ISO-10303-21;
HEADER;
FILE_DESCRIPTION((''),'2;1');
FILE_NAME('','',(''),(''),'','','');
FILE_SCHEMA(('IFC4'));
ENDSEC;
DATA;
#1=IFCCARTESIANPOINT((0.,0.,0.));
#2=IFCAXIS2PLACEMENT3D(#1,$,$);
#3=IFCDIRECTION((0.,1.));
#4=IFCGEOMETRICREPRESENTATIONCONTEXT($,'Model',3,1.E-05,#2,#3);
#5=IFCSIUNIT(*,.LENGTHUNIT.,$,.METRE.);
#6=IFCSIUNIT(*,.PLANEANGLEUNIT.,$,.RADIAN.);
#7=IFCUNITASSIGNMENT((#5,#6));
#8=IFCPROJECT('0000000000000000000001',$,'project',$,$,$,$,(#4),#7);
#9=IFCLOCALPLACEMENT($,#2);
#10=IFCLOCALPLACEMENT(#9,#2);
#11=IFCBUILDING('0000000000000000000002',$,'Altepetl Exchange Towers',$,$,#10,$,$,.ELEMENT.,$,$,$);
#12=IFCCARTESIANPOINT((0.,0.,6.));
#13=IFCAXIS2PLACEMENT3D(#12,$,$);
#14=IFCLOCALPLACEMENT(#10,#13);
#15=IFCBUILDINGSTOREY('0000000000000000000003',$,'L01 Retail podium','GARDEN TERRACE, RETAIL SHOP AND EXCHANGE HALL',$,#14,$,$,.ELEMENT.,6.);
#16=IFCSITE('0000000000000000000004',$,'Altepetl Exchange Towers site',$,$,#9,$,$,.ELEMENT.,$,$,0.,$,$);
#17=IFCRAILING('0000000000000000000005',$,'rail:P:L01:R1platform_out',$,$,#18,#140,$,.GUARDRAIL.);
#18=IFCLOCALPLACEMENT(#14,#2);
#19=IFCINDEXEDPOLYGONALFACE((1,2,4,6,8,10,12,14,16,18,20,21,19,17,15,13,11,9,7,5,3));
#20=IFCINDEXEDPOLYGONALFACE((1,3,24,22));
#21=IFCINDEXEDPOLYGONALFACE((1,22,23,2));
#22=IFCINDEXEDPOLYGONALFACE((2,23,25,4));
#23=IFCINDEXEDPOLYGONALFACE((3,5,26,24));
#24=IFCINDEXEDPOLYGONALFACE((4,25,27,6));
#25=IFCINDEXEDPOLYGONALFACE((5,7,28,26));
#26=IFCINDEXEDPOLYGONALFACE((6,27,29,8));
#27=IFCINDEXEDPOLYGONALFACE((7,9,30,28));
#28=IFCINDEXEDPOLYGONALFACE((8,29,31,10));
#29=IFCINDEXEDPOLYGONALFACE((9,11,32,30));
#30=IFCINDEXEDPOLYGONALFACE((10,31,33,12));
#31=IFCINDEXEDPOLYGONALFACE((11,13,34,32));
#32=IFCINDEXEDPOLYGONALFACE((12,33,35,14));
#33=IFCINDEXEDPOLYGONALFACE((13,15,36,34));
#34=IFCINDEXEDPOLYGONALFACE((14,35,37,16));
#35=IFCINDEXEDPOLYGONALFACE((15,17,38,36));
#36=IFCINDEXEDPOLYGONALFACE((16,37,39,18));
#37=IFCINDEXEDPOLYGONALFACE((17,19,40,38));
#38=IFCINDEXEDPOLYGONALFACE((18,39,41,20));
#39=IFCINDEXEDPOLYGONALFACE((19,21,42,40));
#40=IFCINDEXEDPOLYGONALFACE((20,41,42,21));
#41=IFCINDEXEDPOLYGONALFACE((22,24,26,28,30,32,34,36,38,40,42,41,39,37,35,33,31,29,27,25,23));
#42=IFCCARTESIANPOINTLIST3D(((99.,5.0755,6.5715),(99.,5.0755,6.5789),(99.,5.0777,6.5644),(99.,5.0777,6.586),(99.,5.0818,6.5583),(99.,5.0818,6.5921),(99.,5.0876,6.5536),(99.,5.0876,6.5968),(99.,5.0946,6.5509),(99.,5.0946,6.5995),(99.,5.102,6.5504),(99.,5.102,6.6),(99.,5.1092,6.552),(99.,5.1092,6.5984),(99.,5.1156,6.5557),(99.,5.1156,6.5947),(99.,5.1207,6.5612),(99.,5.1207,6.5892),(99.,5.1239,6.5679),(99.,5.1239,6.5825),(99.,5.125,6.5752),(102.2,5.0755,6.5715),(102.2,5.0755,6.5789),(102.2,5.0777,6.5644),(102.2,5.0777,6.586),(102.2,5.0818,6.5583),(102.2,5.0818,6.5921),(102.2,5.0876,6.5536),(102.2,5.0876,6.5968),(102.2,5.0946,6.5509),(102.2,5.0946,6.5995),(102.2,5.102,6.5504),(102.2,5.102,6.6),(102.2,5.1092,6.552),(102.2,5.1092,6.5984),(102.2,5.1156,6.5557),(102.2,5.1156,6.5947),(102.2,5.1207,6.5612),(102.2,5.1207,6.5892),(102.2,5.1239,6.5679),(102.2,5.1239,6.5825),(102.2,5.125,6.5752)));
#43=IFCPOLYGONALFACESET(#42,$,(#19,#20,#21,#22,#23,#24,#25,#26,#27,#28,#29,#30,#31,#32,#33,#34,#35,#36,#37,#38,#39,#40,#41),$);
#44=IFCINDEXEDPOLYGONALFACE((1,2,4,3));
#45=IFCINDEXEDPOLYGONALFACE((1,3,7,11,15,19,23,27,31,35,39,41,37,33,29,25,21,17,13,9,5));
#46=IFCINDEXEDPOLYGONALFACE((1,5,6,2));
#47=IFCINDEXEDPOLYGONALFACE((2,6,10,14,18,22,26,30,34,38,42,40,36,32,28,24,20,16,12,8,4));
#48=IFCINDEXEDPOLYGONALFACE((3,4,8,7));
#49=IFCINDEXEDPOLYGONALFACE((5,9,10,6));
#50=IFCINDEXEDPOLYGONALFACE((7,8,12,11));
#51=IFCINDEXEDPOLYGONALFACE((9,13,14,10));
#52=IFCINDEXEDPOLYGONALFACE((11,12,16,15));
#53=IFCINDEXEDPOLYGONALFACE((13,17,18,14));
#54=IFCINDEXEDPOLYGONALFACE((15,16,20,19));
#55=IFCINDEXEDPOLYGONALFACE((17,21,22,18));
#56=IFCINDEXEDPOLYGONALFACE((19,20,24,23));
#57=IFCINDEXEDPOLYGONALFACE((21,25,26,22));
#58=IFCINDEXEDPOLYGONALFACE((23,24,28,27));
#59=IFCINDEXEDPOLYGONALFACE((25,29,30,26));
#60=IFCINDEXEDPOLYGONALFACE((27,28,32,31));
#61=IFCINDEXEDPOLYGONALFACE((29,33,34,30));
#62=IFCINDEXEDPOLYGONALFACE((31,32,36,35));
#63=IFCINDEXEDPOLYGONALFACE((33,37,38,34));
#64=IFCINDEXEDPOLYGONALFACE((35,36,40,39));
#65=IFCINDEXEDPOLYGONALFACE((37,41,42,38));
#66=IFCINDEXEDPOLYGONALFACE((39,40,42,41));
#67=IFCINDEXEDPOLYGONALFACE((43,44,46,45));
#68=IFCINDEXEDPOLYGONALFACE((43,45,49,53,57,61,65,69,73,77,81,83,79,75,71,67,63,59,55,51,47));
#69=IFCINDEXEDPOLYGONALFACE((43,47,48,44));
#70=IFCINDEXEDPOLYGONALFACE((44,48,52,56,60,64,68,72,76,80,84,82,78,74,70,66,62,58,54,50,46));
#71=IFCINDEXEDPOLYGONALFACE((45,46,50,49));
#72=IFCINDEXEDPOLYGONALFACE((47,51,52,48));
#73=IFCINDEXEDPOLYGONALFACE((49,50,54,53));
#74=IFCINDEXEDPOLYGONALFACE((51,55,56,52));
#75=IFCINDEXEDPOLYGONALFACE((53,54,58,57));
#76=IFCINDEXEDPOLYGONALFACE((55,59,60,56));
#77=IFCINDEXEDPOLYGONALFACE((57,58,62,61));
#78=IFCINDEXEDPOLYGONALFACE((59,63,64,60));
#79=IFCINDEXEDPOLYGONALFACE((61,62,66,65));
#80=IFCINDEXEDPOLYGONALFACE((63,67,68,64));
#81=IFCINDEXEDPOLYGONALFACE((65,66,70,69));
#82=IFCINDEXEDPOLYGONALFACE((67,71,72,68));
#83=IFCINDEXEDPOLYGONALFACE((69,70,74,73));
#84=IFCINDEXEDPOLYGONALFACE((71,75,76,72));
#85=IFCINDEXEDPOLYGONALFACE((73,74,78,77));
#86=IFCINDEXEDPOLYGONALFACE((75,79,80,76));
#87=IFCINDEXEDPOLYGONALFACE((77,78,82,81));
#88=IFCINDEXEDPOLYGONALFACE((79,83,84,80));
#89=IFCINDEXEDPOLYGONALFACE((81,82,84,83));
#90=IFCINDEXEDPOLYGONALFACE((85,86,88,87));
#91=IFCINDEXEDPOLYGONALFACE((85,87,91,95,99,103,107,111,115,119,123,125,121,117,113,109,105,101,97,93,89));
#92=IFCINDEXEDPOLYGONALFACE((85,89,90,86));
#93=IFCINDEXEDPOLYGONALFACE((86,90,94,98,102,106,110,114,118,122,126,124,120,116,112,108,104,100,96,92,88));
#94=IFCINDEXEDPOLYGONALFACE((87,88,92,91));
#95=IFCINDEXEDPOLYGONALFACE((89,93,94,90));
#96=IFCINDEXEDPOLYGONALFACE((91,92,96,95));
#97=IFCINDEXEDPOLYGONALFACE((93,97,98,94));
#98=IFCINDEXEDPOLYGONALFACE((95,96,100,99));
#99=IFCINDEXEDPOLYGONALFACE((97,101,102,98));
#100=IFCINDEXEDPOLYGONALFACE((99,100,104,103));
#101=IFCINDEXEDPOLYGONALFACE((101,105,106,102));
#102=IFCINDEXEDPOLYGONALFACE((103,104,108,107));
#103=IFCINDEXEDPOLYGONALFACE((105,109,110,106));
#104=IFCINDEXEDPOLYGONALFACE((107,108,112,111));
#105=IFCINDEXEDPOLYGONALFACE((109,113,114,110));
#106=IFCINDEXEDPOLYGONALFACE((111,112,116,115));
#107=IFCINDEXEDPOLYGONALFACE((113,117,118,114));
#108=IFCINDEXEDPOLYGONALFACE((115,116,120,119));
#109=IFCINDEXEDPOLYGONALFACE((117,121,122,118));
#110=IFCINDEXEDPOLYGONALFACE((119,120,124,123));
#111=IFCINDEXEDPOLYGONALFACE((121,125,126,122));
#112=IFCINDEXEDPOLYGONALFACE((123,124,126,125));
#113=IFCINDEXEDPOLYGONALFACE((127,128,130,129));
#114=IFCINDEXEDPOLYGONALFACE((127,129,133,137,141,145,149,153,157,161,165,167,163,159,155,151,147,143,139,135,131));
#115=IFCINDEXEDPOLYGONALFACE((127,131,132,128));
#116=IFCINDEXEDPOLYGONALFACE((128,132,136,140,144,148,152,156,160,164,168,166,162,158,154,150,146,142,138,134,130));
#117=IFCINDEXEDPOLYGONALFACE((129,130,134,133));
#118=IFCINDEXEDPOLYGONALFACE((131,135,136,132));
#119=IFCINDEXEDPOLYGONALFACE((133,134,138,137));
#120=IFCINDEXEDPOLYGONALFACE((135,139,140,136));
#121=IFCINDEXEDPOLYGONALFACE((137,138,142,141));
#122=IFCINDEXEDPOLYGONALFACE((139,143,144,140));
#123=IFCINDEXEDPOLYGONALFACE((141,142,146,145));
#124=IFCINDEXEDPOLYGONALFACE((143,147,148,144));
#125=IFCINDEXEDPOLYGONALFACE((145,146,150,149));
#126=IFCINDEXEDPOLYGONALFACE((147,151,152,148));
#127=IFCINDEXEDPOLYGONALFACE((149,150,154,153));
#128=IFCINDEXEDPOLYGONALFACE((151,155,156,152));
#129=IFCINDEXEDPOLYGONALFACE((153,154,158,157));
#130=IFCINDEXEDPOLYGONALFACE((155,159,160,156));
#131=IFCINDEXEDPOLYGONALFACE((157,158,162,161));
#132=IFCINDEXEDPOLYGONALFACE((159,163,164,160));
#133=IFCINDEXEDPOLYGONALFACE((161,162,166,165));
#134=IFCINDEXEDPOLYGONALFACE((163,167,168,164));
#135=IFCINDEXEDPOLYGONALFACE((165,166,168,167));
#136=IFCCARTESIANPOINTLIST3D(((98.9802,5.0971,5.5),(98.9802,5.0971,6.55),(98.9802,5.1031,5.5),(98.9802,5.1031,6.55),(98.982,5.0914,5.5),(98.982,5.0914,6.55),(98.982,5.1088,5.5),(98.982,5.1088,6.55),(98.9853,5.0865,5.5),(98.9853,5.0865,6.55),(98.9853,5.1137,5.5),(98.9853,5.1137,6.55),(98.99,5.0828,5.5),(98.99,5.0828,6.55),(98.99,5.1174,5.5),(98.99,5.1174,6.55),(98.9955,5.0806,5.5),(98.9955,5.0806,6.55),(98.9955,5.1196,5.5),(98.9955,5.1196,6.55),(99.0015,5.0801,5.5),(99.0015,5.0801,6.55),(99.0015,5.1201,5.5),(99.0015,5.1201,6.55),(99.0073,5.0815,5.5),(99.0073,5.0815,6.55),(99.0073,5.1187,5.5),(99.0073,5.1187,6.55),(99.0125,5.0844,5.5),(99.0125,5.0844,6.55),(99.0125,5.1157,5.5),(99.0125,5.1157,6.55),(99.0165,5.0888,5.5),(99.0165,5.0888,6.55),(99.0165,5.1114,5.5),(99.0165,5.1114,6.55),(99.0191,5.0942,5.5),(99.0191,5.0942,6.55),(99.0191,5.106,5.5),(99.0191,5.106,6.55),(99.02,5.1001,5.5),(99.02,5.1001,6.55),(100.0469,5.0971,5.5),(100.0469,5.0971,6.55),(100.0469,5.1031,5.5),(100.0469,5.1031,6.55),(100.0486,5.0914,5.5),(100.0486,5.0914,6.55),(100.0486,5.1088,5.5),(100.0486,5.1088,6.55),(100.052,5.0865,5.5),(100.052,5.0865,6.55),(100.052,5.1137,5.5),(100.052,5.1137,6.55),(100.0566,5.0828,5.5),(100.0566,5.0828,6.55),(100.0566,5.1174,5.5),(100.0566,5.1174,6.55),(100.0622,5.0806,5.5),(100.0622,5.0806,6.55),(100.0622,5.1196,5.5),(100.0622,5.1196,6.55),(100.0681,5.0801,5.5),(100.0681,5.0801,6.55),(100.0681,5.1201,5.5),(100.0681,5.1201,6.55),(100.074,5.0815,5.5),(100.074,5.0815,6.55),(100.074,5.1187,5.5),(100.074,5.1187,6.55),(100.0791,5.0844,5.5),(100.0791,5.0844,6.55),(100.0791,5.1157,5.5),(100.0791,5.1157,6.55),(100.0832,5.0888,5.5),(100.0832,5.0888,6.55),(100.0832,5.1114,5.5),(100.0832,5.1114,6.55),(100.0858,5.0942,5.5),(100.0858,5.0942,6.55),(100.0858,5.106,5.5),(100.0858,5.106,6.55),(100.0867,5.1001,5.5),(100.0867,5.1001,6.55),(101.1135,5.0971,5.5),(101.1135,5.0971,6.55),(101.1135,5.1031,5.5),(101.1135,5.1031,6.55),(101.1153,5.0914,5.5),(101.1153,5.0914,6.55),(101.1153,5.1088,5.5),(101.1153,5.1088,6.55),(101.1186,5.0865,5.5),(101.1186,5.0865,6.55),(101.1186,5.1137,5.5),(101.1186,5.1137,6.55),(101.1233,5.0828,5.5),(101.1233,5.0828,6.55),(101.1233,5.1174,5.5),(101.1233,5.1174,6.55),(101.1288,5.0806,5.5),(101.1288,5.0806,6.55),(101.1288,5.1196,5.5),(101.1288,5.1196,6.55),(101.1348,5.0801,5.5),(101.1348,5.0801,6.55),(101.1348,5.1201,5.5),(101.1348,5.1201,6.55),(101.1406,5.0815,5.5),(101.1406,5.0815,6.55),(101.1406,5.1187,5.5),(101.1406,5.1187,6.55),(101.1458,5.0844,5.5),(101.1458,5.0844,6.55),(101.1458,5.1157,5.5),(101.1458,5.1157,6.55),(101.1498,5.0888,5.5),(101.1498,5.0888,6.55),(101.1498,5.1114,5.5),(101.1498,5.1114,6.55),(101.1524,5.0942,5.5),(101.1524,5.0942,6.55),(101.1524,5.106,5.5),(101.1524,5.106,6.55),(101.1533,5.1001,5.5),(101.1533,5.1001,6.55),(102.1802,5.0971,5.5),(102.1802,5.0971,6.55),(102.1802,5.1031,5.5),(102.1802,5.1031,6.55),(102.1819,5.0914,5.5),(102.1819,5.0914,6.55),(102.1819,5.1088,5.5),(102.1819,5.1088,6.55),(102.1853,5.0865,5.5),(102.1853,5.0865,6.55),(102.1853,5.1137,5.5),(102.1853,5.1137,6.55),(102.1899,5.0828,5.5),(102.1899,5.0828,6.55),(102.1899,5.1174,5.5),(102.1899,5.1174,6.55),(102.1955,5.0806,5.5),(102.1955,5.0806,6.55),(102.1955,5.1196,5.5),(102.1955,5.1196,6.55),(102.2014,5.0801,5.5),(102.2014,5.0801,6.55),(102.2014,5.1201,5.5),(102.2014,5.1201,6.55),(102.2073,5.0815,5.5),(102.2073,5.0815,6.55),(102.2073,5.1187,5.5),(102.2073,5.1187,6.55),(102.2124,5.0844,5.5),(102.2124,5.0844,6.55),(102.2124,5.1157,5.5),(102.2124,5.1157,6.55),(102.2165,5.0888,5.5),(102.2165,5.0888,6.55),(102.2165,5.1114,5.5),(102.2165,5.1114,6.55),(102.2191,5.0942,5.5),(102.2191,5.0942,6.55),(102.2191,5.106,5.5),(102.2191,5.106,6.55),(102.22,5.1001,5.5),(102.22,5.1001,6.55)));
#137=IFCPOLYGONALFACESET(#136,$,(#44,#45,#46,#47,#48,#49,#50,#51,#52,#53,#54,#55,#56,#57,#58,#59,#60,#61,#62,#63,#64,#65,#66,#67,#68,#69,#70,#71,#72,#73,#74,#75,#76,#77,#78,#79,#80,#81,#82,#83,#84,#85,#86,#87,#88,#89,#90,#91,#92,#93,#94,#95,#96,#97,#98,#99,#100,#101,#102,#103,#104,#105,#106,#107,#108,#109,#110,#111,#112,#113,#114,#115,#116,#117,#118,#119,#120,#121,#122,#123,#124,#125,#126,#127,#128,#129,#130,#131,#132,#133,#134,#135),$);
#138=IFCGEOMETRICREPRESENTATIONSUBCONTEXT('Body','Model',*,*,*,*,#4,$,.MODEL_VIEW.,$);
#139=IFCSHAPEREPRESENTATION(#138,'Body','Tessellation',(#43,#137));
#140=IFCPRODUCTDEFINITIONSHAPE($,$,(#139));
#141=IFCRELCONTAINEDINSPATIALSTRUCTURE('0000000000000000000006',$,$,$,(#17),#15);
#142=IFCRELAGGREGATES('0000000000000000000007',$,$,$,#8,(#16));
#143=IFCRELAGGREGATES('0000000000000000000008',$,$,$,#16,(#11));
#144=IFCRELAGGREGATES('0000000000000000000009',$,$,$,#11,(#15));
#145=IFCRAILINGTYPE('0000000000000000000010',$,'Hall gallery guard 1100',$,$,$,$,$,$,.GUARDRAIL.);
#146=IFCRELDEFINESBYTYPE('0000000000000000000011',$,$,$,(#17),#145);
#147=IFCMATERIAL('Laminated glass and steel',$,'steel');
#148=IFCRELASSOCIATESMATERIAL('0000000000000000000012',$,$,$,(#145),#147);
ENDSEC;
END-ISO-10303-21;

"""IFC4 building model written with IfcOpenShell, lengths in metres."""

from ifc_helpers import new_model, si_unit, direction, frame, origin, origin_2d, place, context, subcontext, project, spatial, circle, extrude, source, transform, mapped, material, type_object, element, save


model = new_model("IFC4")

# Units and contexts
model_context = context("Model", 3, precision=1e-05, world=origin(), true_north=direction((0.0, 1.0)))
body_context = subcontext(model_context, "Body", "Model", "MODEL_VIEW")
ifc_project = project(units=[si_unit("LENGTHUNIT", "METRE"), si_unit("PLANEANGLEUNIT", "RADIAN")], contexts=[model_context])

# Site, building, storey
site_placement = place(None, origin())
site = spatial("IfcSite", under=ifc_project, at=site_placement, Name="Altepetl Exchange Towers site", CompositionType="ELEMENT", RefElevation=0.0)
building_placement = place(site_placement, origin())
building = spatial("IfcBuilding", under=site, at=building_placement, Name="Altepetl Exchange Towers", CompositionType="ELEMENT")
storey_placement = place(building_placement, frame((0.0, 0.0, 6.0)))
storey = spatial("IfcBuildingStorey", under=building, at=storey_placement, Name="L01 Retail podium", Description="GARDEN TERRACE, RETAIL SHOP AND EXCHANGE HALL", CompositionType="ELEMENT", Elevation=6.0)

# Railing
ifc_material_1 = material(Name="Laminated glass and steel", Category="steel")
railing_type_1 = type_object("IfcRailingType", Name="Hall gallery guard 1100", PredefinedType="GUARDRAIL", material=ifc_material_1)
shared_shape_1 = source(origin(), body_context, "Body", "SweptSolid", [
    extrude(circle(Radius=0.02, at=origin_2d()), origin(), (0.0, 0.0, 1.0), 1.05),
])
railing_1_placement = place(storey_placement, frame((99.0, 5.1001, 5.5)))
element("IfcRailing", 1, at=railing_1_placement, inside=storey, type_object=railing_type_1, Name="rail:P:L01:R1platform_out", PredefinedType="GUARDRAIL", context=body_context, shape_type="SweptSolid", body=[
    extrude(circle(Radius=0.0249, at=origin_2d()), frame((0.0, 0.0, 1.0752), z_axis=(1.0, 0.0, 0.0), x_axis=(0.0, 1.0, 0.0)), (0.0, 0.0, 1.0), 3.2),
    mapped(shared_shape_1, transform((0.0, 0.0, 0.0))),
    mapped(shared_shape_1, transform((1.0667, 0.0, 0.0))),
    mapped(shared_shape_1, transform((2.1333, 0.0, 0.0))),
    mapped(shared_shape_1, transform((3.2, 0.0, 0.0))),
])

save(model, "model.ifc")
